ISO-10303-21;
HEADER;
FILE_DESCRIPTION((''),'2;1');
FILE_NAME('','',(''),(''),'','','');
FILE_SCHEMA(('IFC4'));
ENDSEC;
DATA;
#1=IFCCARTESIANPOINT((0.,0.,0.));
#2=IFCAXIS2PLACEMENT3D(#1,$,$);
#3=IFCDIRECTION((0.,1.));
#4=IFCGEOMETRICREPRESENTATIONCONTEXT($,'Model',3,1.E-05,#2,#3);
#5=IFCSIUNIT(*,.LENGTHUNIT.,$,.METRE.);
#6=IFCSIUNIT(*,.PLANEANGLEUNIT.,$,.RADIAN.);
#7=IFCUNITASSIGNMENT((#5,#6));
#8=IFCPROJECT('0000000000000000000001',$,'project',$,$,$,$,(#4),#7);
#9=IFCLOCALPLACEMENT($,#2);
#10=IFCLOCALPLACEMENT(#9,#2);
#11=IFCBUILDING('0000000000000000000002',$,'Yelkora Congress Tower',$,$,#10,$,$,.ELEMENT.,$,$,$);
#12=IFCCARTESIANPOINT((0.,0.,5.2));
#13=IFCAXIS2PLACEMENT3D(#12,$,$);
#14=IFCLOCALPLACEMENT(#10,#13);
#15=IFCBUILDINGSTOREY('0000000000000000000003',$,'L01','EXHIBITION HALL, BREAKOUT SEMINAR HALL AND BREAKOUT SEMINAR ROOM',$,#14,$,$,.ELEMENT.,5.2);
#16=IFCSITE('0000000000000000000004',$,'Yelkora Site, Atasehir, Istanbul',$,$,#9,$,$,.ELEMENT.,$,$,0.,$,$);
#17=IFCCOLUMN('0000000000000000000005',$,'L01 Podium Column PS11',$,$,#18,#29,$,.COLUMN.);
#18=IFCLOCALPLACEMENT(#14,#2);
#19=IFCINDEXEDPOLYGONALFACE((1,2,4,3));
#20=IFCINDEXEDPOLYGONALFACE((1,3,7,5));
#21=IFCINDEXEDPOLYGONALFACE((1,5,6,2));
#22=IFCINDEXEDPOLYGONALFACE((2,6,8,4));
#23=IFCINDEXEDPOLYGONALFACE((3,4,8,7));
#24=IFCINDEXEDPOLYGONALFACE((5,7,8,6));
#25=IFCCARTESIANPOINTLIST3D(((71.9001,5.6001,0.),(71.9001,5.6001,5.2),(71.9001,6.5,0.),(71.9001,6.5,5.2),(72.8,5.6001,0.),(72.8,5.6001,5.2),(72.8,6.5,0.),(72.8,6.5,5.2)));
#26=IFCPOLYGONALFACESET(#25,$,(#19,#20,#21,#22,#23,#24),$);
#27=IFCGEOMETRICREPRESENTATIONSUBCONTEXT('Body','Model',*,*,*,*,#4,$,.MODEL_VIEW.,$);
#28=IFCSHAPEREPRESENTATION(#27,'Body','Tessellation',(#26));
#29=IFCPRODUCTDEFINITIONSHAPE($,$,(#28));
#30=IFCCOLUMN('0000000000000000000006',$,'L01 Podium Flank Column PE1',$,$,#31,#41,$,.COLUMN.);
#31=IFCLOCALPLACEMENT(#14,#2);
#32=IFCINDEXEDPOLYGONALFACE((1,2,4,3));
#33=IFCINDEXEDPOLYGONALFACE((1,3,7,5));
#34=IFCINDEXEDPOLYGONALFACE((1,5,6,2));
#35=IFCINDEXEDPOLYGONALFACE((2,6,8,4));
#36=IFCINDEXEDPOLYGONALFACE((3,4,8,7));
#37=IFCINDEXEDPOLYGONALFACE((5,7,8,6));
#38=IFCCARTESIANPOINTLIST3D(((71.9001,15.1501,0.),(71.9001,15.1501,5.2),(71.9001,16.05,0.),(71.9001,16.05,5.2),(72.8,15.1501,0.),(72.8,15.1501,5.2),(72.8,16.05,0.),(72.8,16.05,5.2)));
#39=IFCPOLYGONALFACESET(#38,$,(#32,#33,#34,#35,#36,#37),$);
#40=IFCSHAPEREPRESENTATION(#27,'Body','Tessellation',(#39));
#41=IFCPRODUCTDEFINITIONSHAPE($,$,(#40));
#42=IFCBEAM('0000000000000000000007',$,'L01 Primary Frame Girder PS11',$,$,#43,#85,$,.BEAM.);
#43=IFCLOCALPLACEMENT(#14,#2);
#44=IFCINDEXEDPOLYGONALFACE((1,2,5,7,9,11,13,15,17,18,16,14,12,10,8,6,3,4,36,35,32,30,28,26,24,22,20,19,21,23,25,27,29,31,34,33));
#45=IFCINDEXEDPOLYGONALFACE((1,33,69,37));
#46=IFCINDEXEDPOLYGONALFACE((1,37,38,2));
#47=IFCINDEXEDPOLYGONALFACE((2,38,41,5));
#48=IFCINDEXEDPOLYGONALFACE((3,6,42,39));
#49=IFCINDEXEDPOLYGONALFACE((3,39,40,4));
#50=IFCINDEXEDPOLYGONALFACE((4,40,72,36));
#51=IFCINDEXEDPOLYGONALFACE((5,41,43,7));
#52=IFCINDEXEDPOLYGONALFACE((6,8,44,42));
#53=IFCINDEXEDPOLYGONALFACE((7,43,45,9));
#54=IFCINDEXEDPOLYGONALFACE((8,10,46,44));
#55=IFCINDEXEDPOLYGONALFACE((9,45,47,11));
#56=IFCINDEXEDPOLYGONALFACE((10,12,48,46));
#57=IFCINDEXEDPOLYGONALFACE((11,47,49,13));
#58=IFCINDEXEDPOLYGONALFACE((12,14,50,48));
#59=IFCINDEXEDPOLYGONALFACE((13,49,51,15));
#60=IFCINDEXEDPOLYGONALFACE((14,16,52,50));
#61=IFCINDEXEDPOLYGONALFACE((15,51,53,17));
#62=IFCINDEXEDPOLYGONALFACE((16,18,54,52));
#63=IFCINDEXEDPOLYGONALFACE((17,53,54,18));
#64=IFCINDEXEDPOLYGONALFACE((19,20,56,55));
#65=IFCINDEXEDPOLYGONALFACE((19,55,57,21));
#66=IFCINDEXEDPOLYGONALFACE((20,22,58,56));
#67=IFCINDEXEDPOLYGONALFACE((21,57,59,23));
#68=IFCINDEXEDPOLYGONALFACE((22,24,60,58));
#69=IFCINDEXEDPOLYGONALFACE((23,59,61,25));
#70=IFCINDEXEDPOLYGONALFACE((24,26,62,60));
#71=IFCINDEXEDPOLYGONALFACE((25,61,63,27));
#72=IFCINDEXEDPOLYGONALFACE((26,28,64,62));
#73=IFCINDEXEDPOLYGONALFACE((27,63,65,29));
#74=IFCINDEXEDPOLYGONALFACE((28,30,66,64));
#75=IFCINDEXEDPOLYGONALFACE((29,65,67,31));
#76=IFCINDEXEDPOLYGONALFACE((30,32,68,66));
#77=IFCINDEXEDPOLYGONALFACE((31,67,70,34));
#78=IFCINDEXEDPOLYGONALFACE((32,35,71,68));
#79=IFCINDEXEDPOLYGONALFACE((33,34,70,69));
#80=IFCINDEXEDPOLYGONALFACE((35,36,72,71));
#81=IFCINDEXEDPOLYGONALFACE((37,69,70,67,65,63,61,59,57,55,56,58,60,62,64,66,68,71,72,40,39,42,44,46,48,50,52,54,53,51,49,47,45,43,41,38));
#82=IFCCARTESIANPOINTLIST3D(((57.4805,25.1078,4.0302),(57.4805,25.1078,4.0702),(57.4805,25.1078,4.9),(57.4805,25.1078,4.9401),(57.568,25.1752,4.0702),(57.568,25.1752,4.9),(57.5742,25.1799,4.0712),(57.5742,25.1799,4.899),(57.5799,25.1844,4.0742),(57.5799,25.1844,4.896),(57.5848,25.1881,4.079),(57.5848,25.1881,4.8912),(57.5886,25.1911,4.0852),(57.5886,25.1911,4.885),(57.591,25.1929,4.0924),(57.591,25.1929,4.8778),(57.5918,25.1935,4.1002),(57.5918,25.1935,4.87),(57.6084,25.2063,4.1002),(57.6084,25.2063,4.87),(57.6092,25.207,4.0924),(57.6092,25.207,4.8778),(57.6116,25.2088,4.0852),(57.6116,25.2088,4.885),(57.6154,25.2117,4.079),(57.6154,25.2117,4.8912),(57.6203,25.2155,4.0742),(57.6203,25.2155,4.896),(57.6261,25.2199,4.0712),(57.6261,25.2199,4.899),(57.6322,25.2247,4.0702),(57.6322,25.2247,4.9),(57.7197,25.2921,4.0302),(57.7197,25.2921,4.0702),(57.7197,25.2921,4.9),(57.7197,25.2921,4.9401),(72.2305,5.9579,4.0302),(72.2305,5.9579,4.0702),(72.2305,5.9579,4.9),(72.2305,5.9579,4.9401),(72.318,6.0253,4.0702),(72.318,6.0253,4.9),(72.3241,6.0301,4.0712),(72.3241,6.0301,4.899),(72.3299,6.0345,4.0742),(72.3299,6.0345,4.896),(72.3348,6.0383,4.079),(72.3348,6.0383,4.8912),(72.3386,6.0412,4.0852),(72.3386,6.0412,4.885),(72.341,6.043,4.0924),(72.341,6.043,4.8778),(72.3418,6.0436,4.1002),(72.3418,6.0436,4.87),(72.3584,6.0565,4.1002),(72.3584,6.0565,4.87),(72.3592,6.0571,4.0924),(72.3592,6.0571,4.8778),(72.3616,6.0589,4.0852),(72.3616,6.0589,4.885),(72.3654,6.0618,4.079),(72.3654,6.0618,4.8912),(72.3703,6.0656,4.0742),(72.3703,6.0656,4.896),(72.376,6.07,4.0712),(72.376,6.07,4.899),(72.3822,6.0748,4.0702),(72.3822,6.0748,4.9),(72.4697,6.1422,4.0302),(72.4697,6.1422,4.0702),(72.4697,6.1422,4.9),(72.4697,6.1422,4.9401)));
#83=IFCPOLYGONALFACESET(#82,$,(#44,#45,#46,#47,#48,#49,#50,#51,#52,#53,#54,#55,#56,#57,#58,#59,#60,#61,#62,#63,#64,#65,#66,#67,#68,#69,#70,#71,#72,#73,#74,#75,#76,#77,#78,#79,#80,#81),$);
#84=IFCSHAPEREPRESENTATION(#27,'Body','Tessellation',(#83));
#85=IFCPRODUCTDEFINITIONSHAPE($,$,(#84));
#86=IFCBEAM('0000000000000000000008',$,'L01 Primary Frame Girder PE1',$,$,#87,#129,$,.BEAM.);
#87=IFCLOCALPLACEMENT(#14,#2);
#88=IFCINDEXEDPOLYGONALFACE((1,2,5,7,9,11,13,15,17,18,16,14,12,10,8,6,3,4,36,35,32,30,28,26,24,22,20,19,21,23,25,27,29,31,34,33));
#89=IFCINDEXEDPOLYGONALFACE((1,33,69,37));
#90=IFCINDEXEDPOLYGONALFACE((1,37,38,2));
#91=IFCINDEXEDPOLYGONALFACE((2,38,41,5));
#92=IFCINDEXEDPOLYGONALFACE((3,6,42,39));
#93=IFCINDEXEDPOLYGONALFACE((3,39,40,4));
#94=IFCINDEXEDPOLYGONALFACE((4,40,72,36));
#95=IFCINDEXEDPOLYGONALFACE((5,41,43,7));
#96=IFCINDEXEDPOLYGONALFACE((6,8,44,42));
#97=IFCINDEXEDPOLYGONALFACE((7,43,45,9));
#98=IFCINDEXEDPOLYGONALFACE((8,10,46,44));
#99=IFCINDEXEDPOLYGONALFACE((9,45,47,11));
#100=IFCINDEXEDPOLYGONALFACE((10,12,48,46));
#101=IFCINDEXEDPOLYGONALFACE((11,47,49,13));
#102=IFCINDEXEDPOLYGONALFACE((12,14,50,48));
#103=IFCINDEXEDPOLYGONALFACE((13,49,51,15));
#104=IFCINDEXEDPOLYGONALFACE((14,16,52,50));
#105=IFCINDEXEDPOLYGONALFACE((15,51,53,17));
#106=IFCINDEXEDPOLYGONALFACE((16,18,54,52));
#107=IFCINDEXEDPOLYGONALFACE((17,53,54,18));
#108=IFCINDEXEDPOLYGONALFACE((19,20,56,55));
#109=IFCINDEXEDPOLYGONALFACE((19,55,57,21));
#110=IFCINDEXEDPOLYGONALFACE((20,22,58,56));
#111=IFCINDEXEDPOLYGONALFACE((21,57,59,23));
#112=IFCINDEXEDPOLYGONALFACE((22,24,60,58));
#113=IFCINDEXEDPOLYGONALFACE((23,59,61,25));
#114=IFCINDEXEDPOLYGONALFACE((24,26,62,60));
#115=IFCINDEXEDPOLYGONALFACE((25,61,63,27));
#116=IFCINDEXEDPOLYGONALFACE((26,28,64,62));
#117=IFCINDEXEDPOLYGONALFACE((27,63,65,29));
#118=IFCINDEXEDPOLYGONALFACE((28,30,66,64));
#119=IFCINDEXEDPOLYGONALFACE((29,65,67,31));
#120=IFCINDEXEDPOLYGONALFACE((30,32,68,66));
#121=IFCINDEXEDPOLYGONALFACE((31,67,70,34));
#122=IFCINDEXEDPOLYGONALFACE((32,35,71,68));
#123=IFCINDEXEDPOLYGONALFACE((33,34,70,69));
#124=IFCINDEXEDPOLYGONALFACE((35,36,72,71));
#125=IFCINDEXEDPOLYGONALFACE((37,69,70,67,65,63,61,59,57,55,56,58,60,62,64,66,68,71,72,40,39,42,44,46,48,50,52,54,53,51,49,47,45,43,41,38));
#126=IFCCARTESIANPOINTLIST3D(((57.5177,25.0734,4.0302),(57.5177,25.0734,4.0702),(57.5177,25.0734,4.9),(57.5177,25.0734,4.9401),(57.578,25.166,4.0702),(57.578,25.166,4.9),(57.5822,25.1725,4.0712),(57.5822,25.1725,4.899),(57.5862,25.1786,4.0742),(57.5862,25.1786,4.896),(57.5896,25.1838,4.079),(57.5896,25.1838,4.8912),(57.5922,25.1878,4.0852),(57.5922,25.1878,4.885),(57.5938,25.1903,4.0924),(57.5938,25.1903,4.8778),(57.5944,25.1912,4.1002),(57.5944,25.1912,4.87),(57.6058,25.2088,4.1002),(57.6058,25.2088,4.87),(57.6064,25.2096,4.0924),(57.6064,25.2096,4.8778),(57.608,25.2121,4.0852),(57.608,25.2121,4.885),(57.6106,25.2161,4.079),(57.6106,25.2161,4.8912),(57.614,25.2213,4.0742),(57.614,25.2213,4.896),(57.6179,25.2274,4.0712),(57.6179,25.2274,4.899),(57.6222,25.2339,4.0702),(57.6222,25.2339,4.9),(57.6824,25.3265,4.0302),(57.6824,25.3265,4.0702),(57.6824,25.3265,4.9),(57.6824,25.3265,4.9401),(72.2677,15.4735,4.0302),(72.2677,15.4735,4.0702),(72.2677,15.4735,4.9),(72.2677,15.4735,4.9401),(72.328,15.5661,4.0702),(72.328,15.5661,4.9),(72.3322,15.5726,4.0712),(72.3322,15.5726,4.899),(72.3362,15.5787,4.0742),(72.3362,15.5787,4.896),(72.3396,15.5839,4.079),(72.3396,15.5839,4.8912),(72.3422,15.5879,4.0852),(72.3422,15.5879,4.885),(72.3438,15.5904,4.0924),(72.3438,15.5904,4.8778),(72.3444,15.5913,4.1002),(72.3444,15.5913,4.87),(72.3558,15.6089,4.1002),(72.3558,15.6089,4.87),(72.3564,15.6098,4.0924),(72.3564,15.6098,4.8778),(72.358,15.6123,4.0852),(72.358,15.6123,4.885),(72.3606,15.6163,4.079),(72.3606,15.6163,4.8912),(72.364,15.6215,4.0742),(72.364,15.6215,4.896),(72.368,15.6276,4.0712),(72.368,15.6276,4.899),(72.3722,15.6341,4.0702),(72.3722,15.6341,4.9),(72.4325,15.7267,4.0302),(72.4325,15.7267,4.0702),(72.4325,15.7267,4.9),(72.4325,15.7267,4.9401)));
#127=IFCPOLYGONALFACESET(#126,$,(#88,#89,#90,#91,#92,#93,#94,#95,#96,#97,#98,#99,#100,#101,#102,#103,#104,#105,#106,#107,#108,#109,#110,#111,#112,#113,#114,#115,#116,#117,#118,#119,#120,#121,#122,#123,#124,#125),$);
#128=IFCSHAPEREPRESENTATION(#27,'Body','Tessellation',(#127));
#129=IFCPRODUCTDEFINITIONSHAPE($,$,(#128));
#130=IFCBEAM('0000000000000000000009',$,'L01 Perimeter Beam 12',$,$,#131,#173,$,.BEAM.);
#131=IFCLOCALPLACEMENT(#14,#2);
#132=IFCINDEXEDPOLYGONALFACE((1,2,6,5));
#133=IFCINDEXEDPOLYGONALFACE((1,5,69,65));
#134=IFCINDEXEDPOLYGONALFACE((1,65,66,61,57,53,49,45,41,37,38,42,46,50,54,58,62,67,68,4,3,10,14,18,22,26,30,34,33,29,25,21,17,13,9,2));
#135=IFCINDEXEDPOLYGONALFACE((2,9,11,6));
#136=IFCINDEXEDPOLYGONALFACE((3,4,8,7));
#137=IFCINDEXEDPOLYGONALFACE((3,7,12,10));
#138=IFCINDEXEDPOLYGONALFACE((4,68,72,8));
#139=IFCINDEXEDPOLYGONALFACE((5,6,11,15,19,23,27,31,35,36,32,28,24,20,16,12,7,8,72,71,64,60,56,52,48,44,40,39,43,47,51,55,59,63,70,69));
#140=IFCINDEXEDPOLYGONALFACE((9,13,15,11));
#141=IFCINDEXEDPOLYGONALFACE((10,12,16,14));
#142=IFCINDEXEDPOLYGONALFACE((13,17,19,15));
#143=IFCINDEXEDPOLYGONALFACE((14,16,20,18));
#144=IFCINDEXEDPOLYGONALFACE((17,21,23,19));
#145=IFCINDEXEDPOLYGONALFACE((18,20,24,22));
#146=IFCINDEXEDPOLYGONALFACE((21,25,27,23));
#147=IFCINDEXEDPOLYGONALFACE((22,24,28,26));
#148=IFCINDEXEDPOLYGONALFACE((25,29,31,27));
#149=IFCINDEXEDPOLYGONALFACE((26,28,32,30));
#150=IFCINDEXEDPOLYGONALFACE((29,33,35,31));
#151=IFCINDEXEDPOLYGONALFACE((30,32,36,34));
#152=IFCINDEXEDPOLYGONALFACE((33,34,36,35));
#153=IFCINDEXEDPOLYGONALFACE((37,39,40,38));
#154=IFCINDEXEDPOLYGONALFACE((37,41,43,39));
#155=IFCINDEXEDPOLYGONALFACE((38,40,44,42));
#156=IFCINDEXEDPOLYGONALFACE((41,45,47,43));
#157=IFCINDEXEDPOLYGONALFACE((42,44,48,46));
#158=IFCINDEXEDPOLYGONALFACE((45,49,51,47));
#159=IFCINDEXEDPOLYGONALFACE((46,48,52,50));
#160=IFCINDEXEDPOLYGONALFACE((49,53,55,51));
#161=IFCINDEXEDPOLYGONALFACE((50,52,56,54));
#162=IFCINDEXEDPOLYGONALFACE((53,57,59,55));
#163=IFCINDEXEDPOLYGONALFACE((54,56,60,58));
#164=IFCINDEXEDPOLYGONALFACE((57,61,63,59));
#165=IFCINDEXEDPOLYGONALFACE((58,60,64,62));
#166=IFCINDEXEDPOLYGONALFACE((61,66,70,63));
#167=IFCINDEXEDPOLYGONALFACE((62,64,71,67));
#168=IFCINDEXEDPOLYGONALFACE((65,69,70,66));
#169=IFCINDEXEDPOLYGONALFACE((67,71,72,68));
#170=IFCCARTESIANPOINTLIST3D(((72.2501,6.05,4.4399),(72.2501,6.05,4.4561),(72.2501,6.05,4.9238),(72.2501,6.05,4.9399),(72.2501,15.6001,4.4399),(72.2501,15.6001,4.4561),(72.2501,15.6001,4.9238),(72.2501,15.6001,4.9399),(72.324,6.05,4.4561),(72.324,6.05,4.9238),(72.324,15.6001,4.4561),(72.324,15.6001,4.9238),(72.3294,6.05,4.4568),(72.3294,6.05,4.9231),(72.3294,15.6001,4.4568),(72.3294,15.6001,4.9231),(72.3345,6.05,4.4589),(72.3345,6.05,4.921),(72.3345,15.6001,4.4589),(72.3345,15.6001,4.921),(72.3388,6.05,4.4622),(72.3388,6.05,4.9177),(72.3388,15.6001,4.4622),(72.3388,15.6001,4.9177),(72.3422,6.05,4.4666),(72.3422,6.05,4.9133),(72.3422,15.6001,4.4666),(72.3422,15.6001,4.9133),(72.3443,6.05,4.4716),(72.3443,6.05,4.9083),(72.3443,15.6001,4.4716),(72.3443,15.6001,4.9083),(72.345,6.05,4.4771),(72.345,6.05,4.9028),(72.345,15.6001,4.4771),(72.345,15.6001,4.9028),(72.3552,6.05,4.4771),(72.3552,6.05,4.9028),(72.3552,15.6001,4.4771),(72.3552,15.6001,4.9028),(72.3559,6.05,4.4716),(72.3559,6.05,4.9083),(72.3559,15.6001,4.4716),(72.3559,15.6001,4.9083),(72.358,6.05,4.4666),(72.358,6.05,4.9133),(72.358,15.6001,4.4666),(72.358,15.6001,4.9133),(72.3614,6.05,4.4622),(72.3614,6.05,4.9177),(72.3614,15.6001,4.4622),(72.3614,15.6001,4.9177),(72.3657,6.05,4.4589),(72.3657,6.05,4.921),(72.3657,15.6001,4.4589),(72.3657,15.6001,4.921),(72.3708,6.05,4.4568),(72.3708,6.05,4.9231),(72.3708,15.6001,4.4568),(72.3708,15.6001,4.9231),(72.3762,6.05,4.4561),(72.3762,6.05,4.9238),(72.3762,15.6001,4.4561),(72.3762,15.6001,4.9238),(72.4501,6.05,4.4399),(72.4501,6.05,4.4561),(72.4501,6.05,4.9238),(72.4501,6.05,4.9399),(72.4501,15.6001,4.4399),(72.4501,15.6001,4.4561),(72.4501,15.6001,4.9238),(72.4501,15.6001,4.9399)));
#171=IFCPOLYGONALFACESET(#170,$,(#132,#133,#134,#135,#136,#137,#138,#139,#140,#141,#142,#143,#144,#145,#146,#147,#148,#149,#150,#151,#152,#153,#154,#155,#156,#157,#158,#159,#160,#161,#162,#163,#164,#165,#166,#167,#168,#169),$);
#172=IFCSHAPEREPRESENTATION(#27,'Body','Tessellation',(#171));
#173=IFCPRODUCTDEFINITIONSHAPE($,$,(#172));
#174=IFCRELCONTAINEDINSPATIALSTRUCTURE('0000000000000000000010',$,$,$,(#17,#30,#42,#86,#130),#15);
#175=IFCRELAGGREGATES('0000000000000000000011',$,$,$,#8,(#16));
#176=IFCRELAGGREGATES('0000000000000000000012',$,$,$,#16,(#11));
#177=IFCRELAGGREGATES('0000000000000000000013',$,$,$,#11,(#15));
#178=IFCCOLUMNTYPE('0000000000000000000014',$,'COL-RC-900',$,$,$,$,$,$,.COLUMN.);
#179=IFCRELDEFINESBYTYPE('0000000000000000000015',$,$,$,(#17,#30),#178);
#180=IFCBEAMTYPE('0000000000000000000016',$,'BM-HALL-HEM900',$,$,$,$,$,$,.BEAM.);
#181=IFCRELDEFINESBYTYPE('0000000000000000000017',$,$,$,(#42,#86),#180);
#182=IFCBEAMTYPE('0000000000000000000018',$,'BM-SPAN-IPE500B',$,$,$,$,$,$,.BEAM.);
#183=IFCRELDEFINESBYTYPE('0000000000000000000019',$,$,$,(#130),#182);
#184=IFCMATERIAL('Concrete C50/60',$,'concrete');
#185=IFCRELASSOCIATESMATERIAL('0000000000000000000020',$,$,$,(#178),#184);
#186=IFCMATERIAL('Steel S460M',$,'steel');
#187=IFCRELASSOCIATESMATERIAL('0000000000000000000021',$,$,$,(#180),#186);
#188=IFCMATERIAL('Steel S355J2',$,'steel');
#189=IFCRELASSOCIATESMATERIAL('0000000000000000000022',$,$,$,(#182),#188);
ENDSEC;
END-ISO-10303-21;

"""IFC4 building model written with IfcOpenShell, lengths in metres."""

from ifc_helpers import new_model, si_unit, direction, frame, origin, origin_2d, place, context, subcontext, project, spatial, rectangle, i_section, extrude, material, material_profile, profile_set, type_object, element, save


model = new_model("IFC4")

# Units and contexts
model_context = context("Model", 3, precision=1e-05, world=origin(), true_north=direction((0.0, 1.0)))
body_context = subcontext(model_context, "Body", "Model", "MODEL_VIEW")
ifc_project = project(units=[si_unit("LENGTHUNIT", "METRE"), si_unit("PLANEANGLEUNIT", "RADIAN")], contexts=[model_context])

# Site, building, storey
site_placement = place(None, origin())
site = spatial("IfcSite", under=ifc_project, at=site_placement, Name="Yelkora Site, Atasehir, Istanbul", CompositionType="ELEMENT", RefElevation=0.0)
building_placement = place(site_placement, origin())
building = spatial("IfcBuilding", under=site, at=building_placement, Name="Yelkora Congress Tower", CompositionType="ELEMENT")
storey_placement = place(building_placement, frame((0.0, 0.0, 5.2)))
storey = spatial("IfcBuildingStorey", under=building, at=storey_placement, Name="L01", Description="EXHIBITION HALL, BREAKOUT SEMINAR HALL AND BREAKOUT SEMINAR ROOM", CompositionType="ELEMENT", Elevation=5.2)

# Columns
ifc_material_1 = material(Name="Concrete C50/60", Category="concrete")
ifc_material_profile_1 = material_profile(ifc_material_1, rectangle(XDim=0.8999, YDim=0.8999, at=origin_2d()), Name="RC 900x900")
ifc_profile_set_1 = profile_set([ifc_material_profile_1], Name="Concrete C50/60")
column_type = type_object("IfcColumnType", Name="COL-RC-900", PredefinedType="COLUMN", material=ifc_profile_set_1)
for number, where, z_axis, x_axis, name in (
    (1, (72.3501, 6.05, 0.0), (0.0, 0.0, 1.0), (1.0, 0.0, 0.0), "L01 Podium Column PS11"),
    (2, (72.3501, 15.6001, 0.0), (0.0, 0.0, 1.0), (1.0, 0.0, 0.0), "L01 Podium Flank Column PE1"),
):
    element("IfcColumn", number, at=place(storey_placement, frame(where, z_axis=z_axis, x_axis=x_axis)), inside=storey, type_object=column_type, Name=name, PredefinedType="COLUMN", context=body_context, shape_type="SweptSolid", body=[
        extrude(rectangle(XDim=0.8999, YDim=0.8999, at=origin_2d()), origin(), (0.0, 0.0, 1.0), 5.2),
    ])

# Beams
ifc_material_2 = material(Name="Steel S460M", Category="steel")
ifc_material_profile_2 = material_profile(ifc_material_2, i_section(OverallWidth=0.302, OverallDepth=0.9099, WebThickness=0.021, FlangeThickness=0.04, FilletRadius=0.03, at=origin_2d()), Name="HEM 900")
ifc_profile_set_2 = profile_set([ifc_material_profile_2], Name="Steel S460M")
beam_type_1 = type_object("IfcBeamType", Name="BM-HALL-HEM900", PredefinedType="BEAM", material=ifc_profile_set_2)
beam_1_placement = place(storey_placement, frame((72.3501, 6.05, 4.4851), z_axis=(-0.610212, 0.792238, 0.0), x_axis=(-0.792238, -0.610212, 0.0)))
element("IfcBeam", 3, at=beam_1_placement, inside=storey, type_object=beam_type_1, Name="L01 Primary Frame Girder PS11", PredefinedType="BEAM", context=body_context, shape_type="SweptSolid", body=[
    extrude(i_section(OverallWidth=0.302, OverallDepth=0.9099, WebThickness=0.021, FlangeThickness=0.04, FilletRadius=0.03, at=origin_2d()), origin(), (0.0, 0.0, 1.0), 24.1719),
])
beam_2_placement = place(storey_placement, frame((72.3501, 15.6001, 4.4851), z_axis=(-0.838123, 0.545482, 0.0), x_axis=(-0.545482, -0.838123, 0.0)))
element("IfcBeam", 4, at=beam_2_placement, inside=storey, type_object=beam_type_1, Name="L01 Primary Frame Girder PE1", PredefinedType="BEAM", context=body_context, shape_type="SweptSolid", body=[
    extrude(i_section(OverallWidth=0.302, OverallDepth=0.9099, WebThickness=0.021, FlangeThickness=0.04, FilletRadius=0.03, at=origin_2d()), origin(), (0.0, 0.0, 1.0), 17.5989),
])
ifc_material_3 = material(Name="Steel S355J2", Category="steel")
ifc_material_profile_3 = material_profile(ifc_material_3, i_section(OverallWidth=0.2, OverallDepth=0.5, WebThickness=0.0103, FlangeThickness=0.0161, FilletRadius=0.021, at=origin_2d()), Name="IPE 500")
ifc_profile_set_3 = profile_set([ifc_material_profile_3], Name="Steel S355J2")
beam_type_2 = type_object("IfcBeamType", Name="BM-SPAN-IPE500B", PredefinedType="BEAM", material=ifc_profile_set_3)
beam_3_placement = place(storey_placement, frame((72.3501, 6.05, 4.6899), z_axis=(0.0, 1.0, 0.0), x_axis=(-1.0, 0.0, 0.0)))
element("IfcBeam", 5, at=beam_3_placement, inside=storey, type_object=beam_type_2, Name="L01 Perimeter Beam 12", PredefinedType="BEAM", context=body_context, shape_type="SweptSolid", body=[
    extrude(i_section(OverallWidth=0.2, OverallDepth=0.5, WebThickness=0.0103, FlangeThickness=0.0161, FilletRadius=0.021, at=origin_2d()), origin(), (0.0, 0.0, 1.0), 9.55),
])

save(model, "model.ifc")
